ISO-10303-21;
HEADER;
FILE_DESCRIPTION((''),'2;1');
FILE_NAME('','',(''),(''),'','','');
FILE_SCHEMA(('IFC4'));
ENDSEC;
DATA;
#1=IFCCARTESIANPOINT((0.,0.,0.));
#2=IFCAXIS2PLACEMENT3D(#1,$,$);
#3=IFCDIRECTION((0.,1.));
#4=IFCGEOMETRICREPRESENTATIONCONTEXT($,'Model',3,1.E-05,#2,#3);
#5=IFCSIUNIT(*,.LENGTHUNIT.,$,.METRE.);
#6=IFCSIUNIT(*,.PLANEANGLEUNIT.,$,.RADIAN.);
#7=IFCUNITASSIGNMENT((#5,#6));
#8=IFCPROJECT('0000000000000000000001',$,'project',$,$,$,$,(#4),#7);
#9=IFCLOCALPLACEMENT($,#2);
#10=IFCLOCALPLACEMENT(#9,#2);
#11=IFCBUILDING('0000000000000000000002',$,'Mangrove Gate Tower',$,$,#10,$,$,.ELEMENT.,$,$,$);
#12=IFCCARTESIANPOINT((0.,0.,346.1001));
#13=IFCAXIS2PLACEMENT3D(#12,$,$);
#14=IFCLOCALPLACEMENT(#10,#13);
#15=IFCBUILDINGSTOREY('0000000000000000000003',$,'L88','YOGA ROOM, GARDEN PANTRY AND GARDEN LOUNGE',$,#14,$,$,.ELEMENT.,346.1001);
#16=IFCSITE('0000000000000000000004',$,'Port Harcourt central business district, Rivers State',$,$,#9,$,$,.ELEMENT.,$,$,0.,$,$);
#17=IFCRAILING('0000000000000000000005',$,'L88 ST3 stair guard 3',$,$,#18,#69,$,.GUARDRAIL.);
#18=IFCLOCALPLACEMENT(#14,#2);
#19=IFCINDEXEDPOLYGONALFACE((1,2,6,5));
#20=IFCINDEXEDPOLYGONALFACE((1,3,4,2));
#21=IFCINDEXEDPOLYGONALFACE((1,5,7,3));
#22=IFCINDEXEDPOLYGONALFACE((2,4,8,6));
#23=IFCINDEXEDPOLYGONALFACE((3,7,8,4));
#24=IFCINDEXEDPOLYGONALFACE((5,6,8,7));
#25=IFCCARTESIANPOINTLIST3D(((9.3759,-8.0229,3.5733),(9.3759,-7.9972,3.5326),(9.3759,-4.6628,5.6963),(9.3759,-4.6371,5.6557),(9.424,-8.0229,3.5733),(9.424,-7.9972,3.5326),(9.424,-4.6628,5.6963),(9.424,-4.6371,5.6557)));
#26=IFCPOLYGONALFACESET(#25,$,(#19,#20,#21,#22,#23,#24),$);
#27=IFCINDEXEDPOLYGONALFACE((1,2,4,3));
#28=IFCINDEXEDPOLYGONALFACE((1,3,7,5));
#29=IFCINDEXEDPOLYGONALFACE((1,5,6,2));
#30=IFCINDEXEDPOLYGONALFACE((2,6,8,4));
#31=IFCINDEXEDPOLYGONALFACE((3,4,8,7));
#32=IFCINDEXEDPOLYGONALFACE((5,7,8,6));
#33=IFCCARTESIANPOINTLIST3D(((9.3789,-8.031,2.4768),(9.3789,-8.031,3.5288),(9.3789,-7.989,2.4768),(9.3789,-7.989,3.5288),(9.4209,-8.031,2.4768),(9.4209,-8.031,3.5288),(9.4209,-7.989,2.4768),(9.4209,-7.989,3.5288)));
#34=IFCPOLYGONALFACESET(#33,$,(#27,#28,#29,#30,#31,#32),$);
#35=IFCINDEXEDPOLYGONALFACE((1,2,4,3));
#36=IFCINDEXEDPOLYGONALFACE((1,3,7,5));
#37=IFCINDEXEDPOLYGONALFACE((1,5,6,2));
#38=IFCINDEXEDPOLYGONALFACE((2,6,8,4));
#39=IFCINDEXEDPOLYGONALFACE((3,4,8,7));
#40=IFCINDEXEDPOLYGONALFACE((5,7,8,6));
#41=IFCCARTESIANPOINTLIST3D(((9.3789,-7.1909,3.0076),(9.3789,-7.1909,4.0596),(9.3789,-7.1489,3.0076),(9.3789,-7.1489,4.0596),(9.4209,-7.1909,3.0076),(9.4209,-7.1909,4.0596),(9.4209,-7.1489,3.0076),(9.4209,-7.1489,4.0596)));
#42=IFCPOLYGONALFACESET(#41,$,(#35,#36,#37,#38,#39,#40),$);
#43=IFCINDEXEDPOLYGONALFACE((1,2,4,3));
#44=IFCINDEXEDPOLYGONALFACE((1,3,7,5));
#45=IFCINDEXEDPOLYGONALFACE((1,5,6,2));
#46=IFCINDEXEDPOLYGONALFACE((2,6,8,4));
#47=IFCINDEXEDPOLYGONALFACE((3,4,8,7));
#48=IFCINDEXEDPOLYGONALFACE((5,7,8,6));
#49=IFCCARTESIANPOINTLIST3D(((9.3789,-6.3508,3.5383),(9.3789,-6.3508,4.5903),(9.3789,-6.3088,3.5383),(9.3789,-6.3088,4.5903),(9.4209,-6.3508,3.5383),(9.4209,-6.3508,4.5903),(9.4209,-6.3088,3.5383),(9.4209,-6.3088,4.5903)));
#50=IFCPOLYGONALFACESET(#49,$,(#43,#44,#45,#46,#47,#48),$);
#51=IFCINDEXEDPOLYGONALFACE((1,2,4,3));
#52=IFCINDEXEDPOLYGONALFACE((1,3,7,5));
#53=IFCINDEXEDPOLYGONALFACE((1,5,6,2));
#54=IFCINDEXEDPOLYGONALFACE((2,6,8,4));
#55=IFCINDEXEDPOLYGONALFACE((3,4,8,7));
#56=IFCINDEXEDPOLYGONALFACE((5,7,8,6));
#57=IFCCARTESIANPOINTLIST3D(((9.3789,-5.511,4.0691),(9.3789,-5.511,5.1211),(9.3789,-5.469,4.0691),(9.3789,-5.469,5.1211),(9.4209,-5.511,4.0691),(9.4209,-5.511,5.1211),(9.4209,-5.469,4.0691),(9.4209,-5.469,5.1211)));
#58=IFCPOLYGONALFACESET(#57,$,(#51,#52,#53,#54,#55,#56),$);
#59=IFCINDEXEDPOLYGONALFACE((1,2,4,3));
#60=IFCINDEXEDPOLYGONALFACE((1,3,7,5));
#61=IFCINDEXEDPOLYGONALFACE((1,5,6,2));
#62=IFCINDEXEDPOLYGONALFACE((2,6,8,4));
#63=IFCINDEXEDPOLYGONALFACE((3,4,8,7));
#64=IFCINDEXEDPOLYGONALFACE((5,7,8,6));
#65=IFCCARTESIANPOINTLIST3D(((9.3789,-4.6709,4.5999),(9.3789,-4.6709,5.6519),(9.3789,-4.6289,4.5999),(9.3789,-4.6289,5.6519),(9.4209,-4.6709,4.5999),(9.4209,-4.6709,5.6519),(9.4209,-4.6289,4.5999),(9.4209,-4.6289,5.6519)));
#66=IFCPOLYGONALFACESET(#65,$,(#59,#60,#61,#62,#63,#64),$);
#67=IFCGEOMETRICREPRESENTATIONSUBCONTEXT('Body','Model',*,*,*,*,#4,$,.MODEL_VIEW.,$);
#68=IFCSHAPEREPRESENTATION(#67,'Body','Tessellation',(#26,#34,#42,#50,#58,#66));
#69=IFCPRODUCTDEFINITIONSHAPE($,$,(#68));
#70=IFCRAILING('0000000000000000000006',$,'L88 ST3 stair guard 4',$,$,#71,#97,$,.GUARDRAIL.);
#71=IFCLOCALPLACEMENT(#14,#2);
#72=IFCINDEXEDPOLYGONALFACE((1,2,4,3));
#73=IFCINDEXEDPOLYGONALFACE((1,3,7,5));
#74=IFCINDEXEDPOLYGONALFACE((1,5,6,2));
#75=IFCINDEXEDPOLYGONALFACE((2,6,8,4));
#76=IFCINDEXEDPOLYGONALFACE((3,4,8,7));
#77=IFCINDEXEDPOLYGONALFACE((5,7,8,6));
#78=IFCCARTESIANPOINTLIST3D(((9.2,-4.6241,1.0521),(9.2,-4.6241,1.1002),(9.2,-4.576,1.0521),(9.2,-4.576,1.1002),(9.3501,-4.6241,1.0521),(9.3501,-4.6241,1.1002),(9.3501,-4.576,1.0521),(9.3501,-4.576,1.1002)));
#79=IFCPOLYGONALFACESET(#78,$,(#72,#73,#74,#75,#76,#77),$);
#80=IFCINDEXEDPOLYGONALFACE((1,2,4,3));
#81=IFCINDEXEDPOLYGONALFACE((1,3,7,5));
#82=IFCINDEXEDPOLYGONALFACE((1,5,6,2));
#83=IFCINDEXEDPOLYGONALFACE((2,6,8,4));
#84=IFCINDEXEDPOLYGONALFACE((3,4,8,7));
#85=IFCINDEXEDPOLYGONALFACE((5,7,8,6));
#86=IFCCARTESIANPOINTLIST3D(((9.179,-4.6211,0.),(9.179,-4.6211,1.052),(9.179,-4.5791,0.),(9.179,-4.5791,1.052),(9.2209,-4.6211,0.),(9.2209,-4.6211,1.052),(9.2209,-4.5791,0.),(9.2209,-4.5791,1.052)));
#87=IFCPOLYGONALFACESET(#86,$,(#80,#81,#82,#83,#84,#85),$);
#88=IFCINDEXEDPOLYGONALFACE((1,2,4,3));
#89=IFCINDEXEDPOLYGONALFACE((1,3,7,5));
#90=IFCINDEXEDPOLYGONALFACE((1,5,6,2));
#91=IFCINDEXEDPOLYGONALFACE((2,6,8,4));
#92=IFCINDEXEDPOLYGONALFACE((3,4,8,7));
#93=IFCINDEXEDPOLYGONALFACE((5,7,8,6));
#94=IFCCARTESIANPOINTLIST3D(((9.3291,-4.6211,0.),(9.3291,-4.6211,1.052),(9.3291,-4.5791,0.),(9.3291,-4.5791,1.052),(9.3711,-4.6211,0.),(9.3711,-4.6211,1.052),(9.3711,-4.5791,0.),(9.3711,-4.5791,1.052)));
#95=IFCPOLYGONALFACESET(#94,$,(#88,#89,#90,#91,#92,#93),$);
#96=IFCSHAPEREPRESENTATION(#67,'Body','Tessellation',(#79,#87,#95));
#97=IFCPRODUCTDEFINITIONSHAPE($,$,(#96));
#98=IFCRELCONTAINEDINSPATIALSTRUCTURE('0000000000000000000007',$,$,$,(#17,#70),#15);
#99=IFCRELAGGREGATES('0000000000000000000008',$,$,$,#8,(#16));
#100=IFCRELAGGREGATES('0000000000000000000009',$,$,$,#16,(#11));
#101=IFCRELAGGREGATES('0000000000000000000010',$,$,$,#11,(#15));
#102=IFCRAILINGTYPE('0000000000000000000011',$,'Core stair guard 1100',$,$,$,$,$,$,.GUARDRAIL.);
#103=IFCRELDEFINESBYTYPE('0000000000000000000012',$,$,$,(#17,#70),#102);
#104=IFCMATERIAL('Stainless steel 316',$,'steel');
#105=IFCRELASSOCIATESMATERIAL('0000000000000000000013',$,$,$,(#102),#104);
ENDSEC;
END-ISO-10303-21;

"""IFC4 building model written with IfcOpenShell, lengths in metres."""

from ifc_helpers import new_model, si_unit, direction, frame, origin, origin_2d, place, context, subcontext, project, spatial, rectangle, extrude, material, type_object, element, save


model = new_model("IFC4")

# Units and contexts
model_context = context("Model", 3, precision=1e-05, world=origin(), true_north=direction((0.0, 1.0)))
body_context = subcontext(model_context, "Body", "Model", "MODEL_VIEW")
ifc_project = project(units=[si_unit("LENGTHUNIT", "METRE"), si_unit("PLANEANGLEUNIT", "RADIAN")], contexts=[model_context])

# Site, building, storey
site_placement = place(None, origin())
site = spatial("IfcSite", under=ifc_project, at=site_placement, Name="Port Harcourt central business district, Rivers State", CompositionType="ELEMENT", RefElevation=0.0)
building_placement = place(site_placement, origin())
building = spatial("IfcBuilding", under=site, at=building_placement, Name="Mangrove Gate Tower", CompositionType="ELEMENT")
storey_placement = place(building_placement, frame((0.0, 0.0, 346.1001)))
storey = spatial("IfcBuildingStorey", under=building, at=storey_placement, Name="L88", Description="YOGA ROOM, GARDEN PANTRY AND GARDEN LOUNGE", CompositionType="ELEMENT", Elevation=346.1001)

# Railings
ifc_material_1 = material(Name="Stainless steel 316", Category="steel")
railing_type_1 = type_object("IfcRailingType", Name="Core stair guard 1100", PredefinedType="GUARDRAIL", material=ifc_material_1)
railing_1_placement = place(storey_placement, frame((9.3999, -8.01, 2.4768)))
element("IfcRailing", 1, at=railing_1_placement, inside=storey, type_object=railing_type_1, Name="L88 ST3 stair guard 3", PredefinedType="GUARDRAIL", context=body_context, shape_type="SweptSolid", body=[
    extrude(rectangle(XDim=0.0481, YDim=0.0481, at=origin_2d()), frame((0.0, 0.0, 1.0762), z_axis=(0.0, 0.84539, 0.53415), x_axis=(-1.0, 0.0, 0.0)), (0.0, 0.0, 1.0), 3.9746),
    extrude(rectangle(XDim=0.042, YDim=0.042, at=origin_2d()), origin(), (0.0, 0.0, 1.0), 1.052),
    extrude(rectangle(XDim=0.042, YDim=0.042, at=origin_2d()), frame((0.0, 0.8401, 0.5308)), (0.0, 0.0, 1.0), 1.052),
    extrude(rectangle(XDim=0.042, YDim=0.042, at=origin_2d()), frame((0.0, 1.6802, 1.0615)), (0.0, 0.0, 1.0), 1.052),
    extrude(rectangle(XDim=0.042, YDim=0.042, at=origin_2d()), frame((0.0, 2.52, 1.5923)), (0.0, 0.0, 1.0), 1.052),
    extrude(rectangle(XDim=0.042, YDim=0.042, at=origin_2d()), frame((0.0, 3.3601, 2.123)), (0.0, 0.0, 1.0), 1.052),
])
railing_2_placement = place(storey_placement, frame((9.2, -4.6001, 0.0)))
element("IfcRailing", 2, at=railing_2_placement, inside=storey, type_object=railing_type_1, Name="L88 ST3 stair guard 4", PredefinedType="GUARDRAIL", context=body_context, shape_type="SweptSolid", body=[
    extrude(rectangle(XDim=0.0481, YDim=0.0481, at=origin_2d()), frame((0.0, 0.0, 1.0762), z_axis=(1.0, 0.0, 0.0), x_axis=(0.0, 1.0, 0.0)), (0.0, 0.0, 1.0), 0.1501),
    extrude(rectangle(XDim=0.042, YDim=0.042, at=origin_2d()), origin(), (0.0, 0.0, 1.0), 1.052),
    extrude(rectangle(XDim=0.042, YDim=0.042, at=origin_2d()), frame((0.1501, 0.0, 0.0)), (0.0, 0.0, 1.0), 1.052),
])

save(model, "model.ifc")
